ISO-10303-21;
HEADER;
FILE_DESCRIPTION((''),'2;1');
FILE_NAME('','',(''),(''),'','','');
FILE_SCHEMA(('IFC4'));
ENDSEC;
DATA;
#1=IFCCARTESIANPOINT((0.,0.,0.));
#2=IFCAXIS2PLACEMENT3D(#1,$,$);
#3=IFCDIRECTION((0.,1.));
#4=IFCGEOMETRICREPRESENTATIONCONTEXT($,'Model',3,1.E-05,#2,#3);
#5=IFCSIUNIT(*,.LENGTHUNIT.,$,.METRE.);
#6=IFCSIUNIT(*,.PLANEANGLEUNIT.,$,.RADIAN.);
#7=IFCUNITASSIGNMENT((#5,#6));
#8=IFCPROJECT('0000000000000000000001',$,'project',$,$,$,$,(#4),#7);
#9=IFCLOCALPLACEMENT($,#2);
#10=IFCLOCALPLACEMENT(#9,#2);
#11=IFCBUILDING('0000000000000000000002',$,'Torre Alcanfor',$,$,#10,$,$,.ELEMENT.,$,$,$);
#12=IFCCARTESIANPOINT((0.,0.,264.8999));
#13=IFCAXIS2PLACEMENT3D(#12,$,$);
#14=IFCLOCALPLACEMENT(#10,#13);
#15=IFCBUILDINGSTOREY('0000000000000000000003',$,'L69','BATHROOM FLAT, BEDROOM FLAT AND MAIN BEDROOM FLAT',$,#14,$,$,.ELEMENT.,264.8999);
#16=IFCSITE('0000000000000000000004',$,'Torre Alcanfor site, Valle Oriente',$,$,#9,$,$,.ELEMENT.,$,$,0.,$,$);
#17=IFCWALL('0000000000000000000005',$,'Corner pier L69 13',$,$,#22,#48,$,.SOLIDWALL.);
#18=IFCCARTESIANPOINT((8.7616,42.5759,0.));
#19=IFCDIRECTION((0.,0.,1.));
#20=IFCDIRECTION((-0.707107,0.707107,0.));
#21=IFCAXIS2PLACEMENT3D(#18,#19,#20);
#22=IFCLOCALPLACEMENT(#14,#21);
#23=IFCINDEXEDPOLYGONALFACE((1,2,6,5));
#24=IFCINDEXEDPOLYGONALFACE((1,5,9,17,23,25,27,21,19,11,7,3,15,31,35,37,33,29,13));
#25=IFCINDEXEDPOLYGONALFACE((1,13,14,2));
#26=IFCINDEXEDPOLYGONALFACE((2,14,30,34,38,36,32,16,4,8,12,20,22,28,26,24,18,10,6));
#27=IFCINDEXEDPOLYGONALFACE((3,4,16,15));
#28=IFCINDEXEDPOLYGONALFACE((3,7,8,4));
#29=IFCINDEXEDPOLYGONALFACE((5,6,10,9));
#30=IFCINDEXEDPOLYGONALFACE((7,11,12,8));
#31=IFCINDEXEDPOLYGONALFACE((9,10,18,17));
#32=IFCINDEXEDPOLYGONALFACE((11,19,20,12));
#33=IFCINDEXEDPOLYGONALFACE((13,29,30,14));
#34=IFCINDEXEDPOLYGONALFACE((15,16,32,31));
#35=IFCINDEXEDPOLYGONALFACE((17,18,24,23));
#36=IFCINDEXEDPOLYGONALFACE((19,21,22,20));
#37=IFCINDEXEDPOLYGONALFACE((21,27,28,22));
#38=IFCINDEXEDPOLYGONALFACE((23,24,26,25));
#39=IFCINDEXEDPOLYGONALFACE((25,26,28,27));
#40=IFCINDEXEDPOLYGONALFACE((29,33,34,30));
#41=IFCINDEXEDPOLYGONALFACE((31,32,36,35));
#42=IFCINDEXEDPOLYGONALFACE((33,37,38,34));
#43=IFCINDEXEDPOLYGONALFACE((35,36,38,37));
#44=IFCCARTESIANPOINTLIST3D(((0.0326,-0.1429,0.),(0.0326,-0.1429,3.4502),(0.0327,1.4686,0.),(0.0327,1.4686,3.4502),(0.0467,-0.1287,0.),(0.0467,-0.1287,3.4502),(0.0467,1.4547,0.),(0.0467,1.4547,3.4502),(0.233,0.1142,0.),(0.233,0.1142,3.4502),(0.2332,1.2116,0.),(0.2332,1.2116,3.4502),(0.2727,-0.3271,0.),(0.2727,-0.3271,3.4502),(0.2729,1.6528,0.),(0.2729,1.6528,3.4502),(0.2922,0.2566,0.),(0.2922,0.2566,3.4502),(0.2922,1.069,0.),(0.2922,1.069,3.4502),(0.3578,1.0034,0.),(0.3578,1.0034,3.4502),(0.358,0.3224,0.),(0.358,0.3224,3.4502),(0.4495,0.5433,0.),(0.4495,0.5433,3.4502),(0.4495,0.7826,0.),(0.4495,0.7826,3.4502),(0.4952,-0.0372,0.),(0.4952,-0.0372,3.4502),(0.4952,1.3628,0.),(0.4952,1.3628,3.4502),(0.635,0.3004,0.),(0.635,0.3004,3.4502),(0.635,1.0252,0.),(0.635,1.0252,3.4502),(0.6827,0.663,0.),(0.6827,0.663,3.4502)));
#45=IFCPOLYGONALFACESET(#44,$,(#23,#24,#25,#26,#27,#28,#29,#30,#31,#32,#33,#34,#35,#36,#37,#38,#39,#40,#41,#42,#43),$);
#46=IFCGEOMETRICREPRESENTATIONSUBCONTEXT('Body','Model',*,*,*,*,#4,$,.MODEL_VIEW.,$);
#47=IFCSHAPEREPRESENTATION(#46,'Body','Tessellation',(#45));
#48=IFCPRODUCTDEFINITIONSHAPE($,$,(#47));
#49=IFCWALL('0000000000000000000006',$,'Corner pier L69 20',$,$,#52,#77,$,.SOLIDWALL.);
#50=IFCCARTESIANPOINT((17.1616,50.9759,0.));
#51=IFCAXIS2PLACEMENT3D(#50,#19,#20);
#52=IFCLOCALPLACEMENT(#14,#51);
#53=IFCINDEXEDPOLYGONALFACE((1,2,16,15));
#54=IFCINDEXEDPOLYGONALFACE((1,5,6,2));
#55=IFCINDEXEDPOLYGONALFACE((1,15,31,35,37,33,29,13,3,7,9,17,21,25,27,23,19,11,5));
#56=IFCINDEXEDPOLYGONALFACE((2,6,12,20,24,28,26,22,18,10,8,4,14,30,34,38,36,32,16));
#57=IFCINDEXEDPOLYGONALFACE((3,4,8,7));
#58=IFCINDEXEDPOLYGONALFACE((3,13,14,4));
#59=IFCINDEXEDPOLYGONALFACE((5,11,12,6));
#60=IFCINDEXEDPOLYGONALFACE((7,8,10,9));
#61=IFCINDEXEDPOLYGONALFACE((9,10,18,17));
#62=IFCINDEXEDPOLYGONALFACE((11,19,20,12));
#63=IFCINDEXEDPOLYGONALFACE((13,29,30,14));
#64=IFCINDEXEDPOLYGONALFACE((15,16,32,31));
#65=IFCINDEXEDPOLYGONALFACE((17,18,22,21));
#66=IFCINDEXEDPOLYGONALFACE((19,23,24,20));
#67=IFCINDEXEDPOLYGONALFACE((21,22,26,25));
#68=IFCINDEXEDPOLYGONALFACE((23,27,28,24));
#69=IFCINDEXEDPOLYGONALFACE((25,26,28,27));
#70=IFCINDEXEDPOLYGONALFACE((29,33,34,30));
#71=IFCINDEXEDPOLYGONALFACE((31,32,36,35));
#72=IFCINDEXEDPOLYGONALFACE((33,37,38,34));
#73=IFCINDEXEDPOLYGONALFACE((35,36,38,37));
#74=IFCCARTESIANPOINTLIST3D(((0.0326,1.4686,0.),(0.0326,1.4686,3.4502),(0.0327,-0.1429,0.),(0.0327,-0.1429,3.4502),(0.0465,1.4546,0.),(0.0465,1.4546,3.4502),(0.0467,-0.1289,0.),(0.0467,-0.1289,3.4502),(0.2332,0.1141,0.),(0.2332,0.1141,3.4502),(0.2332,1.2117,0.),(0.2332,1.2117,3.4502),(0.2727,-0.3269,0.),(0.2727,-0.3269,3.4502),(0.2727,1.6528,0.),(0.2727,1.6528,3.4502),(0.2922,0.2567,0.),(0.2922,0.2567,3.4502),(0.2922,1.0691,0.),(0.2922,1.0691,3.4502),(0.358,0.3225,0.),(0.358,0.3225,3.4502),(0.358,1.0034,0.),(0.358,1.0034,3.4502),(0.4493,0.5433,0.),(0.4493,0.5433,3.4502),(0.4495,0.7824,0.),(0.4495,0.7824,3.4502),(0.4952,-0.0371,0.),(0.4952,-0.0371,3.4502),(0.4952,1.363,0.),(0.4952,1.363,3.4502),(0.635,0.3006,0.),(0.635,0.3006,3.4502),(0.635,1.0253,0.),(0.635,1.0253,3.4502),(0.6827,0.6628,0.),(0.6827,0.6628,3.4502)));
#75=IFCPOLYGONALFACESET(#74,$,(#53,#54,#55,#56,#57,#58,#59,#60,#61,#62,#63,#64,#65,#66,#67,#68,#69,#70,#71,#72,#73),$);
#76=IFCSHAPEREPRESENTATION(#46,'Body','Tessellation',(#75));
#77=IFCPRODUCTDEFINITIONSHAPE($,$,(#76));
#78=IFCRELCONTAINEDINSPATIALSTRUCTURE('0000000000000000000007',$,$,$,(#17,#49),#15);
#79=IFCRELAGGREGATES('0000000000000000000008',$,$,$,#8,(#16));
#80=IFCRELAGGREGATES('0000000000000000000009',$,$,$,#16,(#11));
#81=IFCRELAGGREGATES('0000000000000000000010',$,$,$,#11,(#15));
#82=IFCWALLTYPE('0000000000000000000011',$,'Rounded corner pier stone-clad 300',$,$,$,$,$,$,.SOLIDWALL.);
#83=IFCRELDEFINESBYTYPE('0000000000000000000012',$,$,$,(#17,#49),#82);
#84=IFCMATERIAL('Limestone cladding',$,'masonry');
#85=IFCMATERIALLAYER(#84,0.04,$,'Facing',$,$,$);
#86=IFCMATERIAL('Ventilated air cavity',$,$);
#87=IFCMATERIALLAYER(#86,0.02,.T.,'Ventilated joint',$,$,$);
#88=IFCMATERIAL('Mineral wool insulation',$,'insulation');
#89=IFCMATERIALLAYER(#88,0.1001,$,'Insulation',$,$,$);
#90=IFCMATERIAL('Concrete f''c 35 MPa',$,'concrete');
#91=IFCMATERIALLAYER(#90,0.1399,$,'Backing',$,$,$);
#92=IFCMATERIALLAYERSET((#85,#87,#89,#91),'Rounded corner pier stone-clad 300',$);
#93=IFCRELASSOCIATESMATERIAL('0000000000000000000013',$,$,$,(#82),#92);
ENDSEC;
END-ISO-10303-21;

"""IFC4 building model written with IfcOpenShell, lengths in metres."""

from ifc_helpers import new_model, si_unit, direction, frame, origin, place, context, subcontext, project, spatial, polyline, outline, extrude, material, layer, layer_set, type_object, element, save


model = new_model("IFC4")

# Units and contexts
model_context = context("Model", 3, precision=1e-05, world=origin(), true_north=direction((0.0, 1.0)))
body_context = subcontext(model_context, "Body", "Model", "MODEL_VIEW")
ifc_project = project(units=[si_unit("LENGTHUNIT", "METRE"), si_unit("PLANEANGLEUNIT", "RADIAN")], contexts=[model_context])

# Site, building, storey
site_placement = place(None, origin())
site = spatial("IfcSite", under=ifc_project, at=site_placement, Name="Torre Alcanfor site, Valle Oriente", CompositionType="ELEMENT", RefElevation=0.0)
building_placement = place(site_placement, origin())
building = spatial("IfcBuilding", under=site, at=building_placement, Name="Torre Alcanfor", CompositionType="ELEMENT")
storey_placement = place(building_placement, frame((0.0, 0.0, 264.8999)))
storey = spatial("IfcBuildingStorey", under=building, at=storey_placement, Name="L69", Description="BATHROOM FLAT, BEDROOM FLAT AND MAIN BEDROOM FLAT", CompositionType="ELEMENT", Elevation=264.8999)

# Shared definitions
ifc_material_1 = material(Name="Limestone cladding", Category="masonry")
ifc_material_2 = material(Name="Ventilated air cavity")
ifc_material_3 = material(Name="Mineral wool insulation", Category="insulation")
ifc_material_4 = material(Name="Concrete f'c 35 MPa", Category="concrete")

# Walls
ifc_layer_1 = layer(ifc_material_1, 0.04, Name="Facing")
ifc_layer_2 = layer(ifc_material_2, 0.02, ventilated=True, Name="Ventilated joint")
ifc_layer_3 = layer(ifc_material_3, 0.1001, Name="Insulation")
ifc_layer_4 = layer(ifc_material_4, 0.1399, Name="Backing")
ifc_layer_set_1 = layer_set([ifc_layer_1, ifc_layer_2, ifc_layer_3, ifc_layer_4], Name="Rounded corner pier stone-clad 300")
wall_type_1 = type_object("IfcWallType", Name="Rounded corner pier stone-clad 300", PredefinedType="SOLIDWALL", material=ifc_layer_set_1)
wall_1_placement = place(storey_placement, frame((8.7616, 42.5759, 0.0), z_axis=(0.0, 0.0, 1.0), x_axis=(-0.707107, 0.707107, 0.0)))
element("IfcWall", 1, at=wall_1_placement, inside=storey, type_object=wall_type_1, Name="Corner pier L69 13", PredefinedType="SOLIDWALL", context=body_context, shape_type="SweptSolid", body=[
    extrude(outline(polyline([(0.233, 0.1142), (0.0467, -0.1287), (0.0326, -0.1429), (0.2727, -0.3271), (0.4952, -0.0372), (0.635, 0.3004), (0.6827, 0.663), (0.635, 1.0252), (0.4952, 1.3628), (0.2729, 1.6528), (0.0327, 1.4686), (0.0467, 1.4547), (0.2332, 1.2116), (0.2922, 1.069), (0.3578, 1.0034), (0.4495, 0.7826), (0.4495, 0.5433), (0.358, 0.3224), (0.2922, 0.2566), (0.233, 0.1142)])), origin(), (0.0, 0.0, 1.0), 3.4502),
])
wall_2_placement = place(storey_placement, frame((17.1616, 50.9759, 0.0), z_axis=(0.0, 0.0, 1.0), x_axis=(-0.707107, 0.707107, 0.0)))
element("IfcWall", 2, at=wall_2_placement, inside=storey, type_object=wall_type_1, Name="Corner pier L69 20", PredefinedType="SOLIDWALL", context=body_context, shape_type="SweptSolid", body=[
    extrude(outline(polyline([(0.0467, -0.1289), (0.0327, -0.1429), (0.2727, -0.3269), (0.4952, -0.0371), (0.635, 0.3006), (0.6827, 0.6628), (0.635, 1.0253), (0.4952, 1.363), (0.2727, 1.6528), (0.0326, 1.4686), (0.0465, 1.4546), (0.2332, 1.2117), (0.2922, 1.0691), (0.358, 1.0034), (0.4495, 0.7824), (0.4493, 0.5433), (0.358, 0.3225), (0.2922, 0.2567), (0.2332, 0.1141), (0.0467, -0.1289)])), origin(), (0.0, 0.0, 1.0), 3.4502),
])

save(model, "model.ifc")
